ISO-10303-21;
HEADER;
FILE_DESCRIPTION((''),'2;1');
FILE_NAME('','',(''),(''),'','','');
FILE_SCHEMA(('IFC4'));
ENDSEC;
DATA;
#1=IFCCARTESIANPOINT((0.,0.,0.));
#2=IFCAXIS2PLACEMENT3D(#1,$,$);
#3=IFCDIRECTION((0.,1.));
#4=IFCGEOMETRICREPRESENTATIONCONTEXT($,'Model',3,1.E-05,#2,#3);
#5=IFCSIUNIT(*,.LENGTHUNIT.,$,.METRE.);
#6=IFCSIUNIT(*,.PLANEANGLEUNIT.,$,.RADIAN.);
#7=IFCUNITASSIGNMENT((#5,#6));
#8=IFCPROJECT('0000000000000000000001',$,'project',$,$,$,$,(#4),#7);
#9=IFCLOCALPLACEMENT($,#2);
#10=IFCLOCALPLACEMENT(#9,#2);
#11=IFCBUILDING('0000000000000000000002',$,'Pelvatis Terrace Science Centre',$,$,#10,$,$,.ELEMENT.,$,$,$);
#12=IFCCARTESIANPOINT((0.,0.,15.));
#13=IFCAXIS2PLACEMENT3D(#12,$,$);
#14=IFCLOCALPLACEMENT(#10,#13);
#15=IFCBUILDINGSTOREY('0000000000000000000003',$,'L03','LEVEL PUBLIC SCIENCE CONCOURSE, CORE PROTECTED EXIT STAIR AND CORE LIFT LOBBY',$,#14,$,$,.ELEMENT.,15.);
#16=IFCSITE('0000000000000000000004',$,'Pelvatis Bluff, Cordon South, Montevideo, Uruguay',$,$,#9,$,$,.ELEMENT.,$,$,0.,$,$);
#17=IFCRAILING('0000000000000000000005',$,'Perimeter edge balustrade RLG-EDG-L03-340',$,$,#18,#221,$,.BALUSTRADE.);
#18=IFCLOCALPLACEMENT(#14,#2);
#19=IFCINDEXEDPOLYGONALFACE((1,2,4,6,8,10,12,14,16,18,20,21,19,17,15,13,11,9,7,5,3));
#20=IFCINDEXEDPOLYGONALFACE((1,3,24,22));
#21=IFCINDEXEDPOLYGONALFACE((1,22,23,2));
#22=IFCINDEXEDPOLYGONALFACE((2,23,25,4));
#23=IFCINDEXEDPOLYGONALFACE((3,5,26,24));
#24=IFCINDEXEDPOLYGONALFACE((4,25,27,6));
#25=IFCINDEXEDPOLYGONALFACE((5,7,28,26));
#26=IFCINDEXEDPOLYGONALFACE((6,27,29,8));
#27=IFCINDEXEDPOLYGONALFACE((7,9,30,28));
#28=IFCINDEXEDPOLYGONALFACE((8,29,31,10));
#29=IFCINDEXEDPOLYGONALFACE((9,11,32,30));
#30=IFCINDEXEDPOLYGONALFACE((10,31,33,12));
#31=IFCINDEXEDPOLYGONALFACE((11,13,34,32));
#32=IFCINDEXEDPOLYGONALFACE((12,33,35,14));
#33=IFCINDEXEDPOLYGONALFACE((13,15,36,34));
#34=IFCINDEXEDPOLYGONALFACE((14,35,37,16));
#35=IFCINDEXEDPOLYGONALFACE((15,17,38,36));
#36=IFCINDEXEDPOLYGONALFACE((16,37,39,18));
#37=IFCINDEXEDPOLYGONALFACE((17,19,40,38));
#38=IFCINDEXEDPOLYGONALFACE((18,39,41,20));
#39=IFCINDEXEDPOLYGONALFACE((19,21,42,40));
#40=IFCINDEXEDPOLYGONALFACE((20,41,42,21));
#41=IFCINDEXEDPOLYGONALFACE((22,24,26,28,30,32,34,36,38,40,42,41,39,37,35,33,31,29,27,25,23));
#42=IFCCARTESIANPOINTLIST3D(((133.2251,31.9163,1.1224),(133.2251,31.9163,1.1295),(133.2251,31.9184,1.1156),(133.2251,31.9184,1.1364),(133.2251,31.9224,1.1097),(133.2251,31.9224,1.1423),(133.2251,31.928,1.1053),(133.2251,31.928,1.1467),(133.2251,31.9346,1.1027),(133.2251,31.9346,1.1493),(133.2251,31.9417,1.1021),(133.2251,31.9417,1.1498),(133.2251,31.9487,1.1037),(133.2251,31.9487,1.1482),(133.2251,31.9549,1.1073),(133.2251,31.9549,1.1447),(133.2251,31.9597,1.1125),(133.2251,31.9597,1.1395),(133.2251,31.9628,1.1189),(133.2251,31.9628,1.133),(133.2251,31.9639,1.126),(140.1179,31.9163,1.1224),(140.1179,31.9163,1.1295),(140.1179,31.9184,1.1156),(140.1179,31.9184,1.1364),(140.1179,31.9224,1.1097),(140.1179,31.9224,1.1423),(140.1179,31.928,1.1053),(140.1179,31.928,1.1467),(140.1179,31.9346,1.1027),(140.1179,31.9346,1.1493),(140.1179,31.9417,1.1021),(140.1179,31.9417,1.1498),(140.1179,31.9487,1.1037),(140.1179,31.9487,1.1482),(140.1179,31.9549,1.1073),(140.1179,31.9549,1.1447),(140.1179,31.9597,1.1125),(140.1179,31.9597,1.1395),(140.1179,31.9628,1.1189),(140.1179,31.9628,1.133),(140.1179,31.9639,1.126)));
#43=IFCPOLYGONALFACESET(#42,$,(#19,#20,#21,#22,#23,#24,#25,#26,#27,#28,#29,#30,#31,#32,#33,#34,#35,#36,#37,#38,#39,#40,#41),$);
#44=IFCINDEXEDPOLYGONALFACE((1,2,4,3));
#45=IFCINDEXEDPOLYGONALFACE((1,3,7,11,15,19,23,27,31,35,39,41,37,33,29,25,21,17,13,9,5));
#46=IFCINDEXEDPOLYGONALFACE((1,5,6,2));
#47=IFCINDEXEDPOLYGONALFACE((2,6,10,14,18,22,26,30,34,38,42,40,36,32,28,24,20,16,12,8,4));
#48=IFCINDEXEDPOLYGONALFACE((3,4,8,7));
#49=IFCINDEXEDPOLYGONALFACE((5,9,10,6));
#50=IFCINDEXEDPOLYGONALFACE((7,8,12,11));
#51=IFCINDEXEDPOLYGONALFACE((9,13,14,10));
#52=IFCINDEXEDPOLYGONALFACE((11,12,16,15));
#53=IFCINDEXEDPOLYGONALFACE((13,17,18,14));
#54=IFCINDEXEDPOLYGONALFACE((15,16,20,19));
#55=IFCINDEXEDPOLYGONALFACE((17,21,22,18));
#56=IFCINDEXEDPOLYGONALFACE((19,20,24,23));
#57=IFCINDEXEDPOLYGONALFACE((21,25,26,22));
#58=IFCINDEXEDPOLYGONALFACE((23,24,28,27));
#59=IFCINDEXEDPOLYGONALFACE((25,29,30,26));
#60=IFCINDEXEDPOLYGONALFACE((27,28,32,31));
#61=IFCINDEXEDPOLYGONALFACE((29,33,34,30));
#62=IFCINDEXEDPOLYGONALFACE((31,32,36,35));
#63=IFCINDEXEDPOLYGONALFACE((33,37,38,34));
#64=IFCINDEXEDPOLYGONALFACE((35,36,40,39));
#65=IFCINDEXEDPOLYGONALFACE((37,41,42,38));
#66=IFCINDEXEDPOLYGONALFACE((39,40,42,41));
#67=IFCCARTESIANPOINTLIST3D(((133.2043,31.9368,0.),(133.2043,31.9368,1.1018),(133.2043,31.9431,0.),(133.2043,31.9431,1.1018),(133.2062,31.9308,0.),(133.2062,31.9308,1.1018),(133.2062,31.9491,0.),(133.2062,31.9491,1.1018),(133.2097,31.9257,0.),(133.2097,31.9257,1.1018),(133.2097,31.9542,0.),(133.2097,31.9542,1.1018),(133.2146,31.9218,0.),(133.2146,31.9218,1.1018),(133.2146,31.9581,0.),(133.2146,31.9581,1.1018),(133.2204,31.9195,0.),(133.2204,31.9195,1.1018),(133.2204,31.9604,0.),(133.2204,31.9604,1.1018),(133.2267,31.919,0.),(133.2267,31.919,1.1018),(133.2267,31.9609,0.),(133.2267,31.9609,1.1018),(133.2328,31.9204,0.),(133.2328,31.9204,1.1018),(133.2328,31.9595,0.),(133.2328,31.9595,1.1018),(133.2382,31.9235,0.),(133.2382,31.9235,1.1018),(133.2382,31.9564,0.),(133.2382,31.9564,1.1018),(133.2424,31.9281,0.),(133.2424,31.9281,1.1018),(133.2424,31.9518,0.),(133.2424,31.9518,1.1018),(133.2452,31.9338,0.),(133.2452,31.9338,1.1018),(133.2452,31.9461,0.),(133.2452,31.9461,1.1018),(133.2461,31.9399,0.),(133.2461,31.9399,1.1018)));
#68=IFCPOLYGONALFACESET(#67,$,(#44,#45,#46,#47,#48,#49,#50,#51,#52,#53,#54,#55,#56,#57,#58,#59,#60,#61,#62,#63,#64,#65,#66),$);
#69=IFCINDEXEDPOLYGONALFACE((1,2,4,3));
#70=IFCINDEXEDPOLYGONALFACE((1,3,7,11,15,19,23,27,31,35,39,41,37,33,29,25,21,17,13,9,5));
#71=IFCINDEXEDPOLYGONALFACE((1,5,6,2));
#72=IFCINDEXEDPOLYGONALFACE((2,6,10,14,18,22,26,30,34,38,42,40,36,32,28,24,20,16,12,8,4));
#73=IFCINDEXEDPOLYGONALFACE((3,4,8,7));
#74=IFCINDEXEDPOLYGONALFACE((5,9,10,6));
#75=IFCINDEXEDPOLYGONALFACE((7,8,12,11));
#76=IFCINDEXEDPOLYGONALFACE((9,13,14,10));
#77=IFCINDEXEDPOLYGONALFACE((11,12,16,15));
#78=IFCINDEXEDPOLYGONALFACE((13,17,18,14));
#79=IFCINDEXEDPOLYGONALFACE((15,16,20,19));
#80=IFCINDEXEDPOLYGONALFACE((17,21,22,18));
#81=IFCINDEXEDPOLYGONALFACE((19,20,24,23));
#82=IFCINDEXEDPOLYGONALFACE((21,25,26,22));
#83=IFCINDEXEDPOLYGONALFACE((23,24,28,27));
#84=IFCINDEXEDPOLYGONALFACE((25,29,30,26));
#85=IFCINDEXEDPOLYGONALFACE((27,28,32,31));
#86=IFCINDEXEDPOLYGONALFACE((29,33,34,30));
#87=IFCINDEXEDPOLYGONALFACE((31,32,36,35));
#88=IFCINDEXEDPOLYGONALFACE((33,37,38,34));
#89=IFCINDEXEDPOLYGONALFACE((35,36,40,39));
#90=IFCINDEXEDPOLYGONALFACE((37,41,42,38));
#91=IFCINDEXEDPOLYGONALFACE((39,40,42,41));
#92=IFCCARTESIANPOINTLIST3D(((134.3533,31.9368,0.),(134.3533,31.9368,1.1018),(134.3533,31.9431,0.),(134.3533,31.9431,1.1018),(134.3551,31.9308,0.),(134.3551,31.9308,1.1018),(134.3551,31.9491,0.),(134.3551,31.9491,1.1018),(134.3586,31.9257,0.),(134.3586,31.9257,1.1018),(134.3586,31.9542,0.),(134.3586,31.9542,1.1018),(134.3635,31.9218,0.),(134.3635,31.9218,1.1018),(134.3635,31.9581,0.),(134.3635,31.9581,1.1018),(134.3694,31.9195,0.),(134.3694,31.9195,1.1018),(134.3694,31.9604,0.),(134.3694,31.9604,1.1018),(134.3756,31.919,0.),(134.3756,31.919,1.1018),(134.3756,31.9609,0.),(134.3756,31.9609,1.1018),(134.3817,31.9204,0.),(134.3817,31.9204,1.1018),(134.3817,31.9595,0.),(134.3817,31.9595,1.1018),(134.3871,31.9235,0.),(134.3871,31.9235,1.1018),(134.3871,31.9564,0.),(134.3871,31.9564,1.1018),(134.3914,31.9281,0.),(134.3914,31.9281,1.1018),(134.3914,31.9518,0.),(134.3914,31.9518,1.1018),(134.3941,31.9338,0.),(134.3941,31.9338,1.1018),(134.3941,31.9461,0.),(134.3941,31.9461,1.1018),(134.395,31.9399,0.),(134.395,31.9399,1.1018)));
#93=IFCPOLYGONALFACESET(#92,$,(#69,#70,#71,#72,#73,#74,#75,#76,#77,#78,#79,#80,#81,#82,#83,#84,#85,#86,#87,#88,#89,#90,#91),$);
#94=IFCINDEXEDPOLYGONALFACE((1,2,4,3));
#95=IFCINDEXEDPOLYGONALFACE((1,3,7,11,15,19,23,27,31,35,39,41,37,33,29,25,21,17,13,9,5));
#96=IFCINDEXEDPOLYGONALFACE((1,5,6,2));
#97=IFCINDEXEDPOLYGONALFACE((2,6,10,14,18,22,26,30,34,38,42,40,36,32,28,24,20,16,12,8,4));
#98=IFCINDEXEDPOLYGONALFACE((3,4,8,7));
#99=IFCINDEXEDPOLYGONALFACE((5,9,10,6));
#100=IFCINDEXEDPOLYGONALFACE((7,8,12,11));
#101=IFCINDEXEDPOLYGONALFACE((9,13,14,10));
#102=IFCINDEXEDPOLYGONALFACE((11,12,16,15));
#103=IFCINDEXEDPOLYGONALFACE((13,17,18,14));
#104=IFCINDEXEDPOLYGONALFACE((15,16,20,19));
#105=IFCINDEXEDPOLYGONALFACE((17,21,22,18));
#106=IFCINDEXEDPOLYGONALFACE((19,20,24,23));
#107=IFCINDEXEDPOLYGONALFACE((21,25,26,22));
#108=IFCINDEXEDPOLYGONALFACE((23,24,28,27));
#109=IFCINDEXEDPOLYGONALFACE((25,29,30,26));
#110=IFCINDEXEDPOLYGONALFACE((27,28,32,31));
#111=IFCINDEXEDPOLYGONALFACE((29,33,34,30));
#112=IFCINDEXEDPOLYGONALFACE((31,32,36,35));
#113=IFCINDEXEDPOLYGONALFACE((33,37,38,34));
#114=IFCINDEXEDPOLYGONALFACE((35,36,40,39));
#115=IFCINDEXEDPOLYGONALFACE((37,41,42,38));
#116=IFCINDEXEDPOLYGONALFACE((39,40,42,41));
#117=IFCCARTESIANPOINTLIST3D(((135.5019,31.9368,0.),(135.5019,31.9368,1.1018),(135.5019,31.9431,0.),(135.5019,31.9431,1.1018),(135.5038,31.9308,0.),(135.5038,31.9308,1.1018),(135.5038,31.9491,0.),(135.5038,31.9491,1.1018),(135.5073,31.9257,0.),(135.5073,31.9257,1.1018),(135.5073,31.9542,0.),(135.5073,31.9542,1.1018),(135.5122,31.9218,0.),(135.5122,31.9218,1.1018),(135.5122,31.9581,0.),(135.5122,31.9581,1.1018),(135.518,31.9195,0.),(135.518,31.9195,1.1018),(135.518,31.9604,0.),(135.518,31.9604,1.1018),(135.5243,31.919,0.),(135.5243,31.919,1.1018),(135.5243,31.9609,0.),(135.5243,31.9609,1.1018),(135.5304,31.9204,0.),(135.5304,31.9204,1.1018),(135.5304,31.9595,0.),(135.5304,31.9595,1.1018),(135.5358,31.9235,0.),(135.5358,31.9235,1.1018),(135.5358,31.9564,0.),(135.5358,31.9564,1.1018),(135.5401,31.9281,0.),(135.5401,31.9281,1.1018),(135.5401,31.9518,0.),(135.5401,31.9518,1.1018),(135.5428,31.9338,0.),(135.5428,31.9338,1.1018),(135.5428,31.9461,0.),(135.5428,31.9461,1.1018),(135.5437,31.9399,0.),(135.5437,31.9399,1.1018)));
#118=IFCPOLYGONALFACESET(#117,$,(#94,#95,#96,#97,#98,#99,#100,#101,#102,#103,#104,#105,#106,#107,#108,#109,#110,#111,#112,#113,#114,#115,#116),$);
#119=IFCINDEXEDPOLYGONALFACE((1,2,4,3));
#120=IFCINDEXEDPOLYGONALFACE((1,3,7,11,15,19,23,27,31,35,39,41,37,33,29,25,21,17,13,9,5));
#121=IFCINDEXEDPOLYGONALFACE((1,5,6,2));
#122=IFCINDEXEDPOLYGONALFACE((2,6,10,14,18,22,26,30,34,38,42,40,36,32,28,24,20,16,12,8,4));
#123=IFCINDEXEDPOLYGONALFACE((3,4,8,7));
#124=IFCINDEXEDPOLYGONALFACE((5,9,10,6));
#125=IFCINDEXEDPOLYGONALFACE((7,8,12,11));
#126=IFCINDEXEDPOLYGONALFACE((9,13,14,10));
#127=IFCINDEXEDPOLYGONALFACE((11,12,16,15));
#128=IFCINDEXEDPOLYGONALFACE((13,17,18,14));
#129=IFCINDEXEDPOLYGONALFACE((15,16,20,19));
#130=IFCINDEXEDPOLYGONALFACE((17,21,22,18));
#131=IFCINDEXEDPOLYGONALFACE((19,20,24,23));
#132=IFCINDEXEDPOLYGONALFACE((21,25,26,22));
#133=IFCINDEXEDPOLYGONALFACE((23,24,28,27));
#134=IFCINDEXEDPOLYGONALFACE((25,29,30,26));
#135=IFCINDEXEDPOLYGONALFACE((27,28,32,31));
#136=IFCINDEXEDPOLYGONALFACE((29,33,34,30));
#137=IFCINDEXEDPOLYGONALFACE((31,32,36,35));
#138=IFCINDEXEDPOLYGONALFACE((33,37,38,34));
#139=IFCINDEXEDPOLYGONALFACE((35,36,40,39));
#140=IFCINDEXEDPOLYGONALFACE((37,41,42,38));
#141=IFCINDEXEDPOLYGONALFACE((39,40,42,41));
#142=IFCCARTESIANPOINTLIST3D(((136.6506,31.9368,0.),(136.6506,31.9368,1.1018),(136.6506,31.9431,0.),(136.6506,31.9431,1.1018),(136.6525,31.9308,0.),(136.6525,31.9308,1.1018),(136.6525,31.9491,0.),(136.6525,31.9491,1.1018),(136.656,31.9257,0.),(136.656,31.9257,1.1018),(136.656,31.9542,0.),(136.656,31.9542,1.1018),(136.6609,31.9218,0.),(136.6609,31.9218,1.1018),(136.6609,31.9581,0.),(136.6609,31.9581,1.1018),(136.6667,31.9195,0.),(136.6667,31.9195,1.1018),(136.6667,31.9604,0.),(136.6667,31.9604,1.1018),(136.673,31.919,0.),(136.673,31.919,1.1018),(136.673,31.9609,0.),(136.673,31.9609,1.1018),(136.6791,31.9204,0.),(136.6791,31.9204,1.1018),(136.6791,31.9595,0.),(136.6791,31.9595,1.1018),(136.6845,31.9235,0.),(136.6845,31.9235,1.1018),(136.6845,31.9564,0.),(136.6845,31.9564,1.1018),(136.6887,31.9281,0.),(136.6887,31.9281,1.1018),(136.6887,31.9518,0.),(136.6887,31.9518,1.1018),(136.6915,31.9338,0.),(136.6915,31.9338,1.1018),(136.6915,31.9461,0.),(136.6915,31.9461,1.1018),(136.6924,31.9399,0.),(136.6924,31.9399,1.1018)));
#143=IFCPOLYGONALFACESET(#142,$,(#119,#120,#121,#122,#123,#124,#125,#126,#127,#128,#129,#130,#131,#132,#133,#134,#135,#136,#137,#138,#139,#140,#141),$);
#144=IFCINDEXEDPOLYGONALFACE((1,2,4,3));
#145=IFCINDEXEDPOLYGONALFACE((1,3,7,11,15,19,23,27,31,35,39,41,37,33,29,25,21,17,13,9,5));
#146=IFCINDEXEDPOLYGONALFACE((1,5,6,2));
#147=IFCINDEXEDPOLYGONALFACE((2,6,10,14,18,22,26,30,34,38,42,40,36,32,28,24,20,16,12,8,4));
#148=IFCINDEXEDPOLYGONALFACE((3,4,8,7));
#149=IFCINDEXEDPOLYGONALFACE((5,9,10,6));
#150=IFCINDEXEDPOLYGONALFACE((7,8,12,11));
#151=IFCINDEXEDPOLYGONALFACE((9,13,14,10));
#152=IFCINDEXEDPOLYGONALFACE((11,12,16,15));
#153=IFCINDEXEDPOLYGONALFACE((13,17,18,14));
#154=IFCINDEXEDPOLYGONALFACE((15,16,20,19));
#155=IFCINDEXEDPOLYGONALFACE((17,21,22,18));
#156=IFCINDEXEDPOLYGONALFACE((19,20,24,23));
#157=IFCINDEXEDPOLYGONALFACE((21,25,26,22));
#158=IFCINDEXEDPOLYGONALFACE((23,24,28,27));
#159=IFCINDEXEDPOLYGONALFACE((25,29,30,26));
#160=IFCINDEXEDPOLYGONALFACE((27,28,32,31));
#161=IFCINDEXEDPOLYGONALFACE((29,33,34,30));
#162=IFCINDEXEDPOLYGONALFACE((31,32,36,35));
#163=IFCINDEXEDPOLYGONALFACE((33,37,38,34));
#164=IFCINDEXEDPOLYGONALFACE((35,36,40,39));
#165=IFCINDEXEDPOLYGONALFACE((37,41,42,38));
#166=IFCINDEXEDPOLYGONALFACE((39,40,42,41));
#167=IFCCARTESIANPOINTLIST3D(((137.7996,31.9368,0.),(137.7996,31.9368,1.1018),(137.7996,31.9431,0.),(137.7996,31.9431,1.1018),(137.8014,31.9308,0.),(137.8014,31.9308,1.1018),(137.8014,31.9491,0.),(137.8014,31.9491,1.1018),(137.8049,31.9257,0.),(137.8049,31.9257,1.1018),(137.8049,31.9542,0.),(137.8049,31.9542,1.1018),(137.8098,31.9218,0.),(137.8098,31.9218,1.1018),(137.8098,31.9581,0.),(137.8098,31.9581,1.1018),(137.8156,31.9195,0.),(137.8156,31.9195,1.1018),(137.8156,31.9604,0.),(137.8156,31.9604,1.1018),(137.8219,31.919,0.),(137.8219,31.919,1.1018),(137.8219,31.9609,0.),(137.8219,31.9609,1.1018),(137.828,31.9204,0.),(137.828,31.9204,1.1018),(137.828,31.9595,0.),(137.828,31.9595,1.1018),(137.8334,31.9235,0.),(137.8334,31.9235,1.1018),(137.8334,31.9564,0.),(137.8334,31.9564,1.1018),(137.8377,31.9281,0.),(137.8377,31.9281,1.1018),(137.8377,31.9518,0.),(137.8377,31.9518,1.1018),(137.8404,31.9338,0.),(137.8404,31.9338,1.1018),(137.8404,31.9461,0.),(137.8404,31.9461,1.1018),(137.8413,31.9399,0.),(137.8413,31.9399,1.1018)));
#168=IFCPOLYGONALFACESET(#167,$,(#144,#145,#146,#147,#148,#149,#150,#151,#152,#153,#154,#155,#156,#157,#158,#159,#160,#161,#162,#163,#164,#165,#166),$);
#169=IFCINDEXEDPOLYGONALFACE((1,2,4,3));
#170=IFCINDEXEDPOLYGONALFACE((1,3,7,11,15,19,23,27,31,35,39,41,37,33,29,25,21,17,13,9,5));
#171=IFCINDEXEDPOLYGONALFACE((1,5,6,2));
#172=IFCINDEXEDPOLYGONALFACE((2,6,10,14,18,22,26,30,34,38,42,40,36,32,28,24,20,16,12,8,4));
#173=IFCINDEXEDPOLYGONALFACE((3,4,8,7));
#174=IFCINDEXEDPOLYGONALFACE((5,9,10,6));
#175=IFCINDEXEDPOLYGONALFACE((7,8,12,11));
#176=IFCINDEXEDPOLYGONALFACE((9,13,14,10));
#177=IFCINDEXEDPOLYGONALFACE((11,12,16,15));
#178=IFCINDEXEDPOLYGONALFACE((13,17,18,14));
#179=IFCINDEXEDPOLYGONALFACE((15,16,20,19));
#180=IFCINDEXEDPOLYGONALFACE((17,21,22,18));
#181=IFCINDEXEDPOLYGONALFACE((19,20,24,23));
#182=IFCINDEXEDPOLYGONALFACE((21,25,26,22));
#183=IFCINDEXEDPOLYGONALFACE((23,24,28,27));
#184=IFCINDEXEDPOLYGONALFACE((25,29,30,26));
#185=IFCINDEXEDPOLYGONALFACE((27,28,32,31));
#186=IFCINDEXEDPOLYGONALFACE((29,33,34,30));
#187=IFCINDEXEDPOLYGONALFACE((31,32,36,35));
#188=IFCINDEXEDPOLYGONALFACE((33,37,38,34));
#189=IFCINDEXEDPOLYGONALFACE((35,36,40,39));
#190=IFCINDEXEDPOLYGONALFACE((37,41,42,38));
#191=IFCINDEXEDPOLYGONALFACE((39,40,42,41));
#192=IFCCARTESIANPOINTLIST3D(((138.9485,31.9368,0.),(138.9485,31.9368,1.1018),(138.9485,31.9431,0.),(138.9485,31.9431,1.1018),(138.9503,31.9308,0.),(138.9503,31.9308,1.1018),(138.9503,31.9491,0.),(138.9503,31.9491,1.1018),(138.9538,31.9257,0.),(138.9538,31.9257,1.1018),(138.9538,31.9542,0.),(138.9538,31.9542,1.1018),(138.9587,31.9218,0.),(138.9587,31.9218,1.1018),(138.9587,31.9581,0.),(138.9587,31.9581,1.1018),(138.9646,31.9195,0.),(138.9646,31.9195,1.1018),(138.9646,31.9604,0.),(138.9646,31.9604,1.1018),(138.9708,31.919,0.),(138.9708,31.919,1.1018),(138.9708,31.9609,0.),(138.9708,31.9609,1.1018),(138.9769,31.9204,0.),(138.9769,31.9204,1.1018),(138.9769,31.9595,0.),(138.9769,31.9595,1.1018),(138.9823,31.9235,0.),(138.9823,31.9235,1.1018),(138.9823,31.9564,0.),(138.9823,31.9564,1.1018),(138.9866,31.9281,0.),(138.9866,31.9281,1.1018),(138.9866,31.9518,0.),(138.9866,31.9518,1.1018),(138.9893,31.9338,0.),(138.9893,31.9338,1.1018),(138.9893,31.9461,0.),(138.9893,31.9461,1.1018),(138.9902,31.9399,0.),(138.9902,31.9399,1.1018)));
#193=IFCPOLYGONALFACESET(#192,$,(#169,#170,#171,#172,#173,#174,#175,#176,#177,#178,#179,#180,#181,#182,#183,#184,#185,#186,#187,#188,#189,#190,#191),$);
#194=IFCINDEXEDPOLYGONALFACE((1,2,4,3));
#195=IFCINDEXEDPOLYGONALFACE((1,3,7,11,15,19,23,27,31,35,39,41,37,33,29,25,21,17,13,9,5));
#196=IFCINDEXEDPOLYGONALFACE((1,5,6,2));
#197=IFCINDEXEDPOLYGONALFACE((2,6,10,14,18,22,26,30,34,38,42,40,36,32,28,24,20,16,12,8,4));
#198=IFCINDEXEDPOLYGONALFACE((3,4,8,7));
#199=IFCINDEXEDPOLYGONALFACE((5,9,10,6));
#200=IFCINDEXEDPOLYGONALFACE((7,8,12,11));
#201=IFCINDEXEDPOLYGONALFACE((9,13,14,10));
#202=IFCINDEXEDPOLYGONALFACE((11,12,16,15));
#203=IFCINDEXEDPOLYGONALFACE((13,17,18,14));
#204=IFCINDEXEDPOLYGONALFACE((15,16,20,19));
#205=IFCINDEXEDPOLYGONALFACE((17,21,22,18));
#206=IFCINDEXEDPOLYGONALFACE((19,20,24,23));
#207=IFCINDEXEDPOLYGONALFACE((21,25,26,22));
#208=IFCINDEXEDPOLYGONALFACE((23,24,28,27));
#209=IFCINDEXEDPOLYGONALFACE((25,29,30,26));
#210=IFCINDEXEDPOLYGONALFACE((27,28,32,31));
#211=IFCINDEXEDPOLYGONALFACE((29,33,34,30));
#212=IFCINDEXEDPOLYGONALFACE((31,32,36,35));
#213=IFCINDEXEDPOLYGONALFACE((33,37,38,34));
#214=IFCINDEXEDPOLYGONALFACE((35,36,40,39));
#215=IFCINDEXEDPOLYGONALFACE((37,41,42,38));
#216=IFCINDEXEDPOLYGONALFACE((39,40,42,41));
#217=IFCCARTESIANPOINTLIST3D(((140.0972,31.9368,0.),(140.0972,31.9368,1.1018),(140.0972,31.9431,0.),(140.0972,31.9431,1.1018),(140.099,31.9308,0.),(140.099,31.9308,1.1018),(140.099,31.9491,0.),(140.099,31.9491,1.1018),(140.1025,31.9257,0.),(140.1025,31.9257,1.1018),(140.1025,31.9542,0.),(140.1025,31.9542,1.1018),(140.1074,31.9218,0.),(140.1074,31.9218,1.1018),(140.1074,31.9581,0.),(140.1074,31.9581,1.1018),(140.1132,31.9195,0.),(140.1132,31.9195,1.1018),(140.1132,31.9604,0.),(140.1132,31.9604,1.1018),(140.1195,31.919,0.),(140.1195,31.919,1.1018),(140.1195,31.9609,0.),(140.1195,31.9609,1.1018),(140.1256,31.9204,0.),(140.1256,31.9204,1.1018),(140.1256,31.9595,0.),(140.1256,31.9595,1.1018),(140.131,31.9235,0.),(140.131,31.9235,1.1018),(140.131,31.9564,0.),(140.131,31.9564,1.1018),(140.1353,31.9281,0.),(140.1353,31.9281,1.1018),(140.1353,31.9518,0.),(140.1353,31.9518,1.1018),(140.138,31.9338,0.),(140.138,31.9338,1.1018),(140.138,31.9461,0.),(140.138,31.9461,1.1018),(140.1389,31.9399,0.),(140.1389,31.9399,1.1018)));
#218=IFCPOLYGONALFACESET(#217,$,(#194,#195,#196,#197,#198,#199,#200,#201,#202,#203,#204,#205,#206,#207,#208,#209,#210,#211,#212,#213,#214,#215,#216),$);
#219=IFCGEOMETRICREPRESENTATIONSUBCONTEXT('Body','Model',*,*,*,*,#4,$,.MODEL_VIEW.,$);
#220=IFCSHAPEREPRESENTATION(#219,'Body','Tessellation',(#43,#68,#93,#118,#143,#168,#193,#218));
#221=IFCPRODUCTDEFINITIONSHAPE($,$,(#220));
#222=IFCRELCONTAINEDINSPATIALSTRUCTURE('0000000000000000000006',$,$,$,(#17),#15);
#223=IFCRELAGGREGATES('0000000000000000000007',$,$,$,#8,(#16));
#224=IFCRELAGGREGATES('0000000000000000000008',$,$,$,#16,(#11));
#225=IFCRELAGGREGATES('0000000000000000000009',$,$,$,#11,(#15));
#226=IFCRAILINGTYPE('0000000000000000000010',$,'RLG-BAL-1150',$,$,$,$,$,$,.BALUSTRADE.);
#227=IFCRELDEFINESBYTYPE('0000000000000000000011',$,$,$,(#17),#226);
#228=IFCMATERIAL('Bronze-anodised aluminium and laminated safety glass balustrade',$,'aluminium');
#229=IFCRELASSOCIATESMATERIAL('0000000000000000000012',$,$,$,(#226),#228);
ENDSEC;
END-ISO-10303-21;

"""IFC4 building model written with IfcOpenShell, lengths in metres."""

from ifc_helpers import new_model, si_unit, direction, frame, origin, origin_2d, place, context, subcontext, project, spatial, circle, extrude, material, type_object, element, save


model = new_model("IFC4")

# Units and contexts
model_context = context("Model", 3, precision=1e-05, world=origin(), true_north=direction((0.0, 1.0)))
body_context = subcontext(model_context, "Body", "Model", "MODEL_VIEW")
ifc_project = project(units=[si_unit("LENGTHUNIT", "METRE"), si_unit("PLANEANGLEUNIT", "RADIAN")], contexts=[model_context])

# Site, building, storey
site_placement = place(None, origin())
site = spatial("IfcSite", under=ifc_project, at=site_placement, Name="Pelvatis Bluff, Cordon South, Montevideo, Uruguay", CompositionType="ELEMENT", RefElevation=0.0)
building_placement = place(site_placement, origin())
building = spatial("IfcBuilding", under=site, at=building_placement, Name="Pelvatis Terrace Science Centre", CompositionType="ELEMENT")
storey_placement = place(building_placement, frame((0.0, 0.0, 15.0)))
storey = spatial("IfcBuildingStorey", under=building, at=storey_placement, Name="L03", Description="LEVEL PUBLIC SCIENCE CONCOURSE, CORE PROTECTED EXIT STAIR AND CORE LIFT LOBBY", CompositionType="ELEMENT", Elevation=15.0)

# Railing
ifc_material_1 = material(Name="Bronze-anodised aluminium and laminated safety glass balustrade", Category="aluminium")
railing_type_1 = type_object("IfcRailingType", Name="RLG-BAL-1150", PredefinedType="BALUSTRADE", material=ifc_material_1)
railing_1_placement = place(storey_placement, frame((133.2251, 31.9399, 0.0)))
element("IfcRailing", 1, at=railing_1_placement, inside=storey, type_object=railing_type_1, Name="Perimeter edge balustrade RLG-EDG-L03-340", PredefinedType="BALUSTRADE", context=body_context, shape_type="SweptSolid", body=[
    extrude(circle(Radius=0.0239, at=origin_2d()), frame((0.0, 0.0, 1.126), z_axis=(1.0, 0.0, 0.0), x_axis=(0.0, 1.0, 0.0)), (0.0, 0.0, 1.0), 6.8928),
    extrude(circle(Radius=0.021, at=origin_2d()), origin(), (0.0, 0.0, 1.0), 1.1018),
    extrude(circle(Radius=0.021, at=origin_2d()), frame((1.1489, 0.0, 0.0)), (0.0, 0.0, 1.0), 1.1018),
    extrude(circle(Radius=0.021, at=origin_2d()), frame((2.2976, 0.0, 0.0)), (0.0, 0.0, 1.0), 1.1018),
    extrude(circle(Radius=0.021, at=origin_2d()), frame((3.4463, 0.0, 0.0)), (0.0, 0.0, 1.0), 1.1018),
    extrude(circle(Radius=0.021, at=origin_2d()), frame((4.5952, 0.0, 0.0)), (0.0, 0.0, 1.0), 1.1018),
    extrude(circle(Radius=0.021, at=origin_2d()), frame((5.7441, 0.0, 0.0)), (0.0, 0.0, 1.0), 1.1018),
    extrude(circle(Radius=0.021, at=origin_2d()), frame((6.8928, 0.0, 0.0)), (0.0, 0.0, 1.0), 1.1018),
])

save(model, "model.ifc")
